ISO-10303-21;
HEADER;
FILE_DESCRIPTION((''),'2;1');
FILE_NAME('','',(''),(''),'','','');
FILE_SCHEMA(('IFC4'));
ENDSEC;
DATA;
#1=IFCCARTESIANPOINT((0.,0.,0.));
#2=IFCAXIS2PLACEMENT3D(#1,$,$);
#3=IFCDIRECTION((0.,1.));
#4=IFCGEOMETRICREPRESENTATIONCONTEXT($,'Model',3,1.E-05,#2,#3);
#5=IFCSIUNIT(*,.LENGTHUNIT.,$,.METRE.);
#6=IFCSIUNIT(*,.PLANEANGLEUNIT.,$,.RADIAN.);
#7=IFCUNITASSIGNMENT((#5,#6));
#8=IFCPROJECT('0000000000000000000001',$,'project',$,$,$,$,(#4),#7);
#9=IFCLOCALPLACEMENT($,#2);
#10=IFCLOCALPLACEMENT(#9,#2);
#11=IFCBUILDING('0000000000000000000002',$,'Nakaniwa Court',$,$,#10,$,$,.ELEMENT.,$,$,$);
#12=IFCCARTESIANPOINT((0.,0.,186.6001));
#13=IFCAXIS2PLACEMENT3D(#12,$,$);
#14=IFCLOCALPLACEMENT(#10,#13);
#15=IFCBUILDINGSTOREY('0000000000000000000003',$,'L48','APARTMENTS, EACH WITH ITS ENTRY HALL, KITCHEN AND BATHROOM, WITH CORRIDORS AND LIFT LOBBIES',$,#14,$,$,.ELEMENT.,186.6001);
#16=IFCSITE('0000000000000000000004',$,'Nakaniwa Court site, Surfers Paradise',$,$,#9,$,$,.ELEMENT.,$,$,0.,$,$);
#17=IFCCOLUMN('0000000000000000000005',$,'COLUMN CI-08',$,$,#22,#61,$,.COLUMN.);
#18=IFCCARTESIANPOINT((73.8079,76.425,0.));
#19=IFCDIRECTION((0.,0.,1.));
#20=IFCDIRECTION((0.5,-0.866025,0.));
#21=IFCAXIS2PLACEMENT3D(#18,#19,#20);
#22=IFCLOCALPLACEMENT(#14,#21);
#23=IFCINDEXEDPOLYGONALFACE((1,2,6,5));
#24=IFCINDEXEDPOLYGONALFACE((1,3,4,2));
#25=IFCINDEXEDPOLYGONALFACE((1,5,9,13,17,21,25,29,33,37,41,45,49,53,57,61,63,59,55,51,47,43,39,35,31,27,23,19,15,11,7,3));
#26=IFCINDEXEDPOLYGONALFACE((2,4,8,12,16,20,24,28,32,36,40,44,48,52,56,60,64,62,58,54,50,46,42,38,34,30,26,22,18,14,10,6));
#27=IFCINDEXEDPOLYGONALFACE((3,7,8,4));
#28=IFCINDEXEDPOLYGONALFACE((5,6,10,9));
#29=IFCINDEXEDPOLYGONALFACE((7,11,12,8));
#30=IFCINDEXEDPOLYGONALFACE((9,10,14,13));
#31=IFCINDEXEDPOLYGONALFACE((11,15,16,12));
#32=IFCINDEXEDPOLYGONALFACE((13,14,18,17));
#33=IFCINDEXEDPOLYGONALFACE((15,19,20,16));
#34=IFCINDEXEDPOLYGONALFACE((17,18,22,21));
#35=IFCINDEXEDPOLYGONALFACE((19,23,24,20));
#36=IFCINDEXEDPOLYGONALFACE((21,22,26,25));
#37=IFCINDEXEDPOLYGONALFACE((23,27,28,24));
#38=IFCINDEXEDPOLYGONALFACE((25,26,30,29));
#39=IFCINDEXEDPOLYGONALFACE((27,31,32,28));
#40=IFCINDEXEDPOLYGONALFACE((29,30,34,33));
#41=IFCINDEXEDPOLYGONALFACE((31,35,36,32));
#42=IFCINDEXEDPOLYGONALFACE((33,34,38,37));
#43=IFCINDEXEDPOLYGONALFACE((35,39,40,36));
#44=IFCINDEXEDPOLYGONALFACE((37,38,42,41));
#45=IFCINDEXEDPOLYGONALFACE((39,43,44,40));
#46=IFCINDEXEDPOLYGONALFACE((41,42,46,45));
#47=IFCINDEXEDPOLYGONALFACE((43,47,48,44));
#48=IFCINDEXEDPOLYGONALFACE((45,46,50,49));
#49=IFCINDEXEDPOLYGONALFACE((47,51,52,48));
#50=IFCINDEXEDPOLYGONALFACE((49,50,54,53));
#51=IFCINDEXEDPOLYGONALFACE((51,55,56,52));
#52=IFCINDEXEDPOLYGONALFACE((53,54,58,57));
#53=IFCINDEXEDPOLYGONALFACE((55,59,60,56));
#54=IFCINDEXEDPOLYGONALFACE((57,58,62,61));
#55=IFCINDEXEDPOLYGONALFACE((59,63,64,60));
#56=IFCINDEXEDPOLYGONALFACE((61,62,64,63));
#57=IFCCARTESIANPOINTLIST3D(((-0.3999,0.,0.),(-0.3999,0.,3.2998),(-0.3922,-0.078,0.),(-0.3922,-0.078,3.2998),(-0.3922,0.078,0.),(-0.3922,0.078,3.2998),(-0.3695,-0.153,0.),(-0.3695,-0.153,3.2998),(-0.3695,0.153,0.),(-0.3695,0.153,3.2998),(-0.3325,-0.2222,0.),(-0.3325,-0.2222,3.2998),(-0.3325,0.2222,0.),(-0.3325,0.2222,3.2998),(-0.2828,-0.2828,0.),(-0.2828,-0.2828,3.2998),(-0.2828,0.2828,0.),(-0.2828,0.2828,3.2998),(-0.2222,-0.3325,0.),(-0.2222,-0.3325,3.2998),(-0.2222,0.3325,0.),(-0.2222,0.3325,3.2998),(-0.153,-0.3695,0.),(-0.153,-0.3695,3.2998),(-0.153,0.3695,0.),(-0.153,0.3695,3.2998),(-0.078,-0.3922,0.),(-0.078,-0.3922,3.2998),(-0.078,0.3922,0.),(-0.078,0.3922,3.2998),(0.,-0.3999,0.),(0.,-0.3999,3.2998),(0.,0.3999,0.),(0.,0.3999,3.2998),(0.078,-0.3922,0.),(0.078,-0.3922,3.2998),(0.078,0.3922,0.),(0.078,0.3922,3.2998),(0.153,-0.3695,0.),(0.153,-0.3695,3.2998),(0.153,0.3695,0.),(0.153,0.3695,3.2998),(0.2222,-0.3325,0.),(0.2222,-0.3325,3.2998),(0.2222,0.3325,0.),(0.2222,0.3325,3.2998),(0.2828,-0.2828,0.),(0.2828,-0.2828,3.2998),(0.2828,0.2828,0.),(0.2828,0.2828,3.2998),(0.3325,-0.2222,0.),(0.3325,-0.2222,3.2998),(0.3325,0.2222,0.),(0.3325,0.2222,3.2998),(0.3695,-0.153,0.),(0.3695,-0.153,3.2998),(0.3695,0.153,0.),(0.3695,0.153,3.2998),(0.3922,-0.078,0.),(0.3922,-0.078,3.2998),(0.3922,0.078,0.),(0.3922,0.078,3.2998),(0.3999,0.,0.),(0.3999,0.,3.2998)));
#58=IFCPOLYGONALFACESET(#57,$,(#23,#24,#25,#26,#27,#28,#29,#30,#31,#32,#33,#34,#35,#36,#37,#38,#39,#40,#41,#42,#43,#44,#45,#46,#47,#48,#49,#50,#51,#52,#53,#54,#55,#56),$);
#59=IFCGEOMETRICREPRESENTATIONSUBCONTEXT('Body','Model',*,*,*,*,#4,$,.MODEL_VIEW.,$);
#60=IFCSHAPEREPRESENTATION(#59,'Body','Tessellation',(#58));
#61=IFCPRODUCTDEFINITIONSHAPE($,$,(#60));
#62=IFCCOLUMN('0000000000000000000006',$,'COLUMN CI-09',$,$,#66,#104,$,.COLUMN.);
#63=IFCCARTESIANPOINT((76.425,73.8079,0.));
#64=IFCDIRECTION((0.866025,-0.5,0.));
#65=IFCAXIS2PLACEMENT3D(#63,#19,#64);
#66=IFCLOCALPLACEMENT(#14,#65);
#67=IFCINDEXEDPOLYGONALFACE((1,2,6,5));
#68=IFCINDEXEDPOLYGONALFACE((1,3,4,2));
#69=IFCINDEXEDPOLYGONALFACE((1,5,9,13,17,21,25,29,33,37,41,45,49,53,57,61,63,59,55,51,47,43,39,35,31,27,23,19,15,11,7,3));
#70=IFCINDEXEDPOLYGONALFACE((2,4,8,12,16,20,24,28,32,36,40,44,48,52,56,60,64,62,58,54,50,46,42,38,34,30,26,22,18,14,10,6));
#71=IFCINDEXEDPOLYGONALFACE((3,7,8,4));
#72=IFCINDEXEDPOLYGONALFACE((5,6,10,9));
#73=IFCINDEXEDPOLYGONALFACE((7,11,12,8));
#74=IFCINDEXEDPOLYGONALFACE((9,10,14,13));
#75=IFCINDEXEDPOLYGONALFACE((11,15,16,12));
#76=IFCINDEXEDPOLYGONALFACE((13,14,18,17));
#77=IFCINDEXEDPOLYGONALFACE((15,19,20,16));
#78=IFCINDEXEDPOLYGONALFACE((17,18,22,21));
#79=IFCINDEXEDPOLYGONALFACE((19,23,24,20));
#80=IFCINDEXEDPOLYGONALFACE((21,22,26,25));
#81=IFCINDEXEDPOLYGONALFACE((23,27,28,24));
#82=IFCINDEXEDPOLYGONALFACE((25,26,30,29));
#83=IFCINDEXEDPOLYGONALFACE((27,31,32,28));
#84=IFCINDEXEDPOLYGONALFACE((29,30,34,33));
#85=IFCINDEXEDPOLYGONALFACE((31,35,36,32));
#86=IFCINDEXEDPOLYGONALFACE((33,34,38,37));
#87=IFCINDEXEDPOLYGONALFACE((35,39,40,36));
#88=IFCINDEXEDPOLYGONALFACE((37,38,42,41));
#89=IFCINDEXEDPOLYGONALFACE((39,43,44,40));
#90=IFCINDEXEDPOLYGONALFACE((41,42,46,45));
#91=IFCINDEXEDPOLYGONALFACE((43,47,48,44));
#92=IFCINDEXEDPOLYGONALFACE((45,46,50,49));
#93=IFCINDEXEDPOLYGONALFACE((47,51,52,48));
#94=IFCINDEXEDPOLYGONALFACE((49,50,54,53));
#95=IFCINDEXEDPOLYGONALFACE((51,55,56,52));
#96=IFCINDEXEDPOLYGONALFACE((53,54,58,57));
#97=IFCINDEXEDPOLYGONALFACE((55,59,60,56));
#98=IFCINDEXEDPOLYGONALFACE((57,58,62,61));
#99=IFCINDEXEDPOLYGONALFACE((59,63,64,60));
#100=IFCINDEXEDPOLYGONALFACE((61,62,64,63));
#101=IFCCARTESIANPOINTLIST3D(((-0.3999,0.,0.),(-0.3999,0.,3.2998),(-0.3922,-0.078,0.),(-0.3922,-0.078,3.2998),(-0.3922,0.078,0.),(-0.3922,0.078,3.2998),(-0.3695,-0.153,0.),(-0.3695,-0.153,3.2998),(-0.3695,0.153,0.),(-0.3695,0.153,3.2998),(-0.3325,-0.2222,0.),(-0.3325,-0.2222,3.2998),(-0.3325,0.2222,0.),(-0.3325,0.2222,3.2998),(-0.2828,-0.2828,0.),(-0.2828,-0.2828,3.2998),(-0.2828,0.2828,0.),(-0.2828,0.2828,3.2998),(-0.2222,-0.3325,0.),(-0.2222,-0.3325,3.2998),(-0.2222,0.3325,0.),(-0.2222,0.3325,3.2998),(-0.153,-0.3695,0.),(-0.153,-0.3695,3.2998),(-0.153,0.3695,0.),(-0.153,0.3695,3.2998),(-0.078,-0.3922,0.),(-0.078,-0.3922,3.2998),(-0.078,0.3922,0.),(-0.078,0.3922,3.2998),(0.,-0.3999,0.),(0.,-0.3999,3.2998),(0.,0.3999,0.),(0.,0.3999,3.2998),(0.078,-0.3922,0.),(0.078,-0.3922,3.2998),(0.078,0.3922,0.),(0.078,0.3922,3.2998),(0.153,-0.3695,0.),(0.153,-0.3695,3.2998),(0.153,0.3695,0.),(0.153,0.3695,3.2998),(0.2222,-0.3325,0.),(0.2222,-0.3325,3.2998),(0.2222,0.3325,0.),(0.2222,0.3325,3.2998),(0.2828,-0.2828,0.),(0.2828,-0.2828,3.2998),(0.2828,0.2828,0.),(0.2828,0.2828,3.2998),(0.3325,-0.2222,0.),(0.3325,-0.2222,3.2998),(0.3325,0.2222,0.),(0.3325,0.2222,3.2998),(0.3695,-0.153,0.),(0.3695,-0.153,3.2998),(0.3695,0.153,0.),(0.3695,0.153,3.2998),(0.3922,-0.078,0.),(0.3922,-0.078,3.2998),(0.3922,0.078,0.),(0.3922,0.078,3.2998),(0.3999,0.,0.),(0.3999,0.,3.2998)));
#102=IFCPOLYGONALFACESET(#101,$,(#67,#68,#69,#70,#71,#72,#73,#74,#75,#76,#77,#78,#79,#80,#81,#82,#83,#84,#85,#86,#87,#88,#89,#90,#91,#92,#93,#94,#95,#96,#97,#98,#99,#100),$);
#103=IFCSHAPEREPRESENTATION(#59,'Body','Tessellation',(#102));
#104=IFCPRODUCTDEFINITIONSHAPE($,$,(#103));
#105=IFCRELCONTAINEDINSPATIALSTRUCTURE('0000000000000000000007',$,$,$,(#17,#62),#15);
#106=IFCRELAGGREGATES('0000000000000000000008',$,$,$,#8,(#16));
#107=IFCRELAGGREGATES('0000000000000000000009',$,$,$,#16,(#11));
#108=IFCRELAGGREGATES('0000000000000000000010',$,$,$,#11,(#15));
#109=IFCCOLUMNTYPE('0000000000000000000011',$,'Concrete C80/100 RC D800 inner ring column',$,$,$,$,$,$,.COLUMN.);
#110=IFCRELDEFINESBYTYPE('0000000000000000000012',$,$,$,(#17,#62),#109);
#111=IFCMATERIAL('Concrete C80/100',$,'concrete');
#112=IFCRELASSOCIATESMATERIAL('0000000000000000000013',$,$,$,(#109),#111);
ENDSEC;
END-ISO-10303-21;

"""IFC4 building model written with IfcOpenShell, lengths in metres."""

from ifc_helpers import new_model, si_unit, direction, frame, origin, origin_2d, place, context, subcontext, project, spatial, circle, extrude, material, material_profile, profile_set, type_object, element, save


model = new_model("IFC4")

# Units and contexts
model_context = context("Model", 3, precision=1e-05, world=origin(), true_north=direction((0.0, 1.0)))
body_context = subcontext(model_context, "Body", "Model", "MODEL_VIEW")
ifc_project = project(units=[si_unit("LENGTHUNIT", "METRE"), si_unit("PLANEANGLEUNIT", "RADIAN")], contexts=[model_context])

# Site, building, storey
site_placement = place(None, origin())
site = spatial("IfcSite", under=ifc_project, at=site_placement, Name="Nakaniwa Court site, Surfers Paradise", CompositionType="ELEMENT", RefElevation=0.0)
building_placement = place(site_placement, origin())
building = spatial("IfcBuilding", under=site, at=building_placement, Name="Nakaniwa Court", CompositionType="ELEMENT")
storey_placement = place(building_placement, frame((0.0, 0.0, 186.6001)))
storey = spatial("IfcBuildingStorey", under=building, at=storey_placement, Name="L48", Description="APARTMENTS, EACH WITH ITS ENTRY HALL, KITCHEN AND BATHROOM, WITH CORRIDORS AND LIFT LOBBIES", CompositionType="ELEMENT", Elevation=186.6001)

# Columns
ifc_material_1 = material(Name="Concrete C80/100", Category="concrete")
ifc_material_profile_1 = material_profile(ifc_material_1, circle(Radius=0.3999, at=origin_2d()), Name="Concrete C80/100 RC D800 inner ring column")
ifc_profile_set_1 = profile_set([ifc_material_profile_1], Name="Concrete C80/100")
column_type_1 = type_object("IfcColumnType", Name="Concrete C80/100 RC D800 inner ring column", PredefinedType="COLUMN", material=ifc_profile_set_1)
for number, where, z_axis, x_axis, name in (
    (1, (73.8079, 76.425, 0.0), (0.0, 0.0, 1.0), (0.5, -0.866025, 0.0), "COLUMN CI-08"),
    (2, (76.425, 73.8079, 0.0), (0.0, 0.0, 1.0), (0.866025, -0.5, 0.0), "COLUMN CI-09"),
):
    element("IfcColumn", number, at=place(storey_placement, frame(where, z_axis=z_axis, x_axis=x_axis)), inside=storey, type_object=column_type_1, Name=name, PredefinedType="COLUMN", context=body_context, shape_type="SweptSolid", body=[
        extrude(circle(Radius=0.3999, at=origin_2d()), origin(), (0.0, 0.0, 1.0), 3.2998),
    ])

save(model, "model.ifc")
